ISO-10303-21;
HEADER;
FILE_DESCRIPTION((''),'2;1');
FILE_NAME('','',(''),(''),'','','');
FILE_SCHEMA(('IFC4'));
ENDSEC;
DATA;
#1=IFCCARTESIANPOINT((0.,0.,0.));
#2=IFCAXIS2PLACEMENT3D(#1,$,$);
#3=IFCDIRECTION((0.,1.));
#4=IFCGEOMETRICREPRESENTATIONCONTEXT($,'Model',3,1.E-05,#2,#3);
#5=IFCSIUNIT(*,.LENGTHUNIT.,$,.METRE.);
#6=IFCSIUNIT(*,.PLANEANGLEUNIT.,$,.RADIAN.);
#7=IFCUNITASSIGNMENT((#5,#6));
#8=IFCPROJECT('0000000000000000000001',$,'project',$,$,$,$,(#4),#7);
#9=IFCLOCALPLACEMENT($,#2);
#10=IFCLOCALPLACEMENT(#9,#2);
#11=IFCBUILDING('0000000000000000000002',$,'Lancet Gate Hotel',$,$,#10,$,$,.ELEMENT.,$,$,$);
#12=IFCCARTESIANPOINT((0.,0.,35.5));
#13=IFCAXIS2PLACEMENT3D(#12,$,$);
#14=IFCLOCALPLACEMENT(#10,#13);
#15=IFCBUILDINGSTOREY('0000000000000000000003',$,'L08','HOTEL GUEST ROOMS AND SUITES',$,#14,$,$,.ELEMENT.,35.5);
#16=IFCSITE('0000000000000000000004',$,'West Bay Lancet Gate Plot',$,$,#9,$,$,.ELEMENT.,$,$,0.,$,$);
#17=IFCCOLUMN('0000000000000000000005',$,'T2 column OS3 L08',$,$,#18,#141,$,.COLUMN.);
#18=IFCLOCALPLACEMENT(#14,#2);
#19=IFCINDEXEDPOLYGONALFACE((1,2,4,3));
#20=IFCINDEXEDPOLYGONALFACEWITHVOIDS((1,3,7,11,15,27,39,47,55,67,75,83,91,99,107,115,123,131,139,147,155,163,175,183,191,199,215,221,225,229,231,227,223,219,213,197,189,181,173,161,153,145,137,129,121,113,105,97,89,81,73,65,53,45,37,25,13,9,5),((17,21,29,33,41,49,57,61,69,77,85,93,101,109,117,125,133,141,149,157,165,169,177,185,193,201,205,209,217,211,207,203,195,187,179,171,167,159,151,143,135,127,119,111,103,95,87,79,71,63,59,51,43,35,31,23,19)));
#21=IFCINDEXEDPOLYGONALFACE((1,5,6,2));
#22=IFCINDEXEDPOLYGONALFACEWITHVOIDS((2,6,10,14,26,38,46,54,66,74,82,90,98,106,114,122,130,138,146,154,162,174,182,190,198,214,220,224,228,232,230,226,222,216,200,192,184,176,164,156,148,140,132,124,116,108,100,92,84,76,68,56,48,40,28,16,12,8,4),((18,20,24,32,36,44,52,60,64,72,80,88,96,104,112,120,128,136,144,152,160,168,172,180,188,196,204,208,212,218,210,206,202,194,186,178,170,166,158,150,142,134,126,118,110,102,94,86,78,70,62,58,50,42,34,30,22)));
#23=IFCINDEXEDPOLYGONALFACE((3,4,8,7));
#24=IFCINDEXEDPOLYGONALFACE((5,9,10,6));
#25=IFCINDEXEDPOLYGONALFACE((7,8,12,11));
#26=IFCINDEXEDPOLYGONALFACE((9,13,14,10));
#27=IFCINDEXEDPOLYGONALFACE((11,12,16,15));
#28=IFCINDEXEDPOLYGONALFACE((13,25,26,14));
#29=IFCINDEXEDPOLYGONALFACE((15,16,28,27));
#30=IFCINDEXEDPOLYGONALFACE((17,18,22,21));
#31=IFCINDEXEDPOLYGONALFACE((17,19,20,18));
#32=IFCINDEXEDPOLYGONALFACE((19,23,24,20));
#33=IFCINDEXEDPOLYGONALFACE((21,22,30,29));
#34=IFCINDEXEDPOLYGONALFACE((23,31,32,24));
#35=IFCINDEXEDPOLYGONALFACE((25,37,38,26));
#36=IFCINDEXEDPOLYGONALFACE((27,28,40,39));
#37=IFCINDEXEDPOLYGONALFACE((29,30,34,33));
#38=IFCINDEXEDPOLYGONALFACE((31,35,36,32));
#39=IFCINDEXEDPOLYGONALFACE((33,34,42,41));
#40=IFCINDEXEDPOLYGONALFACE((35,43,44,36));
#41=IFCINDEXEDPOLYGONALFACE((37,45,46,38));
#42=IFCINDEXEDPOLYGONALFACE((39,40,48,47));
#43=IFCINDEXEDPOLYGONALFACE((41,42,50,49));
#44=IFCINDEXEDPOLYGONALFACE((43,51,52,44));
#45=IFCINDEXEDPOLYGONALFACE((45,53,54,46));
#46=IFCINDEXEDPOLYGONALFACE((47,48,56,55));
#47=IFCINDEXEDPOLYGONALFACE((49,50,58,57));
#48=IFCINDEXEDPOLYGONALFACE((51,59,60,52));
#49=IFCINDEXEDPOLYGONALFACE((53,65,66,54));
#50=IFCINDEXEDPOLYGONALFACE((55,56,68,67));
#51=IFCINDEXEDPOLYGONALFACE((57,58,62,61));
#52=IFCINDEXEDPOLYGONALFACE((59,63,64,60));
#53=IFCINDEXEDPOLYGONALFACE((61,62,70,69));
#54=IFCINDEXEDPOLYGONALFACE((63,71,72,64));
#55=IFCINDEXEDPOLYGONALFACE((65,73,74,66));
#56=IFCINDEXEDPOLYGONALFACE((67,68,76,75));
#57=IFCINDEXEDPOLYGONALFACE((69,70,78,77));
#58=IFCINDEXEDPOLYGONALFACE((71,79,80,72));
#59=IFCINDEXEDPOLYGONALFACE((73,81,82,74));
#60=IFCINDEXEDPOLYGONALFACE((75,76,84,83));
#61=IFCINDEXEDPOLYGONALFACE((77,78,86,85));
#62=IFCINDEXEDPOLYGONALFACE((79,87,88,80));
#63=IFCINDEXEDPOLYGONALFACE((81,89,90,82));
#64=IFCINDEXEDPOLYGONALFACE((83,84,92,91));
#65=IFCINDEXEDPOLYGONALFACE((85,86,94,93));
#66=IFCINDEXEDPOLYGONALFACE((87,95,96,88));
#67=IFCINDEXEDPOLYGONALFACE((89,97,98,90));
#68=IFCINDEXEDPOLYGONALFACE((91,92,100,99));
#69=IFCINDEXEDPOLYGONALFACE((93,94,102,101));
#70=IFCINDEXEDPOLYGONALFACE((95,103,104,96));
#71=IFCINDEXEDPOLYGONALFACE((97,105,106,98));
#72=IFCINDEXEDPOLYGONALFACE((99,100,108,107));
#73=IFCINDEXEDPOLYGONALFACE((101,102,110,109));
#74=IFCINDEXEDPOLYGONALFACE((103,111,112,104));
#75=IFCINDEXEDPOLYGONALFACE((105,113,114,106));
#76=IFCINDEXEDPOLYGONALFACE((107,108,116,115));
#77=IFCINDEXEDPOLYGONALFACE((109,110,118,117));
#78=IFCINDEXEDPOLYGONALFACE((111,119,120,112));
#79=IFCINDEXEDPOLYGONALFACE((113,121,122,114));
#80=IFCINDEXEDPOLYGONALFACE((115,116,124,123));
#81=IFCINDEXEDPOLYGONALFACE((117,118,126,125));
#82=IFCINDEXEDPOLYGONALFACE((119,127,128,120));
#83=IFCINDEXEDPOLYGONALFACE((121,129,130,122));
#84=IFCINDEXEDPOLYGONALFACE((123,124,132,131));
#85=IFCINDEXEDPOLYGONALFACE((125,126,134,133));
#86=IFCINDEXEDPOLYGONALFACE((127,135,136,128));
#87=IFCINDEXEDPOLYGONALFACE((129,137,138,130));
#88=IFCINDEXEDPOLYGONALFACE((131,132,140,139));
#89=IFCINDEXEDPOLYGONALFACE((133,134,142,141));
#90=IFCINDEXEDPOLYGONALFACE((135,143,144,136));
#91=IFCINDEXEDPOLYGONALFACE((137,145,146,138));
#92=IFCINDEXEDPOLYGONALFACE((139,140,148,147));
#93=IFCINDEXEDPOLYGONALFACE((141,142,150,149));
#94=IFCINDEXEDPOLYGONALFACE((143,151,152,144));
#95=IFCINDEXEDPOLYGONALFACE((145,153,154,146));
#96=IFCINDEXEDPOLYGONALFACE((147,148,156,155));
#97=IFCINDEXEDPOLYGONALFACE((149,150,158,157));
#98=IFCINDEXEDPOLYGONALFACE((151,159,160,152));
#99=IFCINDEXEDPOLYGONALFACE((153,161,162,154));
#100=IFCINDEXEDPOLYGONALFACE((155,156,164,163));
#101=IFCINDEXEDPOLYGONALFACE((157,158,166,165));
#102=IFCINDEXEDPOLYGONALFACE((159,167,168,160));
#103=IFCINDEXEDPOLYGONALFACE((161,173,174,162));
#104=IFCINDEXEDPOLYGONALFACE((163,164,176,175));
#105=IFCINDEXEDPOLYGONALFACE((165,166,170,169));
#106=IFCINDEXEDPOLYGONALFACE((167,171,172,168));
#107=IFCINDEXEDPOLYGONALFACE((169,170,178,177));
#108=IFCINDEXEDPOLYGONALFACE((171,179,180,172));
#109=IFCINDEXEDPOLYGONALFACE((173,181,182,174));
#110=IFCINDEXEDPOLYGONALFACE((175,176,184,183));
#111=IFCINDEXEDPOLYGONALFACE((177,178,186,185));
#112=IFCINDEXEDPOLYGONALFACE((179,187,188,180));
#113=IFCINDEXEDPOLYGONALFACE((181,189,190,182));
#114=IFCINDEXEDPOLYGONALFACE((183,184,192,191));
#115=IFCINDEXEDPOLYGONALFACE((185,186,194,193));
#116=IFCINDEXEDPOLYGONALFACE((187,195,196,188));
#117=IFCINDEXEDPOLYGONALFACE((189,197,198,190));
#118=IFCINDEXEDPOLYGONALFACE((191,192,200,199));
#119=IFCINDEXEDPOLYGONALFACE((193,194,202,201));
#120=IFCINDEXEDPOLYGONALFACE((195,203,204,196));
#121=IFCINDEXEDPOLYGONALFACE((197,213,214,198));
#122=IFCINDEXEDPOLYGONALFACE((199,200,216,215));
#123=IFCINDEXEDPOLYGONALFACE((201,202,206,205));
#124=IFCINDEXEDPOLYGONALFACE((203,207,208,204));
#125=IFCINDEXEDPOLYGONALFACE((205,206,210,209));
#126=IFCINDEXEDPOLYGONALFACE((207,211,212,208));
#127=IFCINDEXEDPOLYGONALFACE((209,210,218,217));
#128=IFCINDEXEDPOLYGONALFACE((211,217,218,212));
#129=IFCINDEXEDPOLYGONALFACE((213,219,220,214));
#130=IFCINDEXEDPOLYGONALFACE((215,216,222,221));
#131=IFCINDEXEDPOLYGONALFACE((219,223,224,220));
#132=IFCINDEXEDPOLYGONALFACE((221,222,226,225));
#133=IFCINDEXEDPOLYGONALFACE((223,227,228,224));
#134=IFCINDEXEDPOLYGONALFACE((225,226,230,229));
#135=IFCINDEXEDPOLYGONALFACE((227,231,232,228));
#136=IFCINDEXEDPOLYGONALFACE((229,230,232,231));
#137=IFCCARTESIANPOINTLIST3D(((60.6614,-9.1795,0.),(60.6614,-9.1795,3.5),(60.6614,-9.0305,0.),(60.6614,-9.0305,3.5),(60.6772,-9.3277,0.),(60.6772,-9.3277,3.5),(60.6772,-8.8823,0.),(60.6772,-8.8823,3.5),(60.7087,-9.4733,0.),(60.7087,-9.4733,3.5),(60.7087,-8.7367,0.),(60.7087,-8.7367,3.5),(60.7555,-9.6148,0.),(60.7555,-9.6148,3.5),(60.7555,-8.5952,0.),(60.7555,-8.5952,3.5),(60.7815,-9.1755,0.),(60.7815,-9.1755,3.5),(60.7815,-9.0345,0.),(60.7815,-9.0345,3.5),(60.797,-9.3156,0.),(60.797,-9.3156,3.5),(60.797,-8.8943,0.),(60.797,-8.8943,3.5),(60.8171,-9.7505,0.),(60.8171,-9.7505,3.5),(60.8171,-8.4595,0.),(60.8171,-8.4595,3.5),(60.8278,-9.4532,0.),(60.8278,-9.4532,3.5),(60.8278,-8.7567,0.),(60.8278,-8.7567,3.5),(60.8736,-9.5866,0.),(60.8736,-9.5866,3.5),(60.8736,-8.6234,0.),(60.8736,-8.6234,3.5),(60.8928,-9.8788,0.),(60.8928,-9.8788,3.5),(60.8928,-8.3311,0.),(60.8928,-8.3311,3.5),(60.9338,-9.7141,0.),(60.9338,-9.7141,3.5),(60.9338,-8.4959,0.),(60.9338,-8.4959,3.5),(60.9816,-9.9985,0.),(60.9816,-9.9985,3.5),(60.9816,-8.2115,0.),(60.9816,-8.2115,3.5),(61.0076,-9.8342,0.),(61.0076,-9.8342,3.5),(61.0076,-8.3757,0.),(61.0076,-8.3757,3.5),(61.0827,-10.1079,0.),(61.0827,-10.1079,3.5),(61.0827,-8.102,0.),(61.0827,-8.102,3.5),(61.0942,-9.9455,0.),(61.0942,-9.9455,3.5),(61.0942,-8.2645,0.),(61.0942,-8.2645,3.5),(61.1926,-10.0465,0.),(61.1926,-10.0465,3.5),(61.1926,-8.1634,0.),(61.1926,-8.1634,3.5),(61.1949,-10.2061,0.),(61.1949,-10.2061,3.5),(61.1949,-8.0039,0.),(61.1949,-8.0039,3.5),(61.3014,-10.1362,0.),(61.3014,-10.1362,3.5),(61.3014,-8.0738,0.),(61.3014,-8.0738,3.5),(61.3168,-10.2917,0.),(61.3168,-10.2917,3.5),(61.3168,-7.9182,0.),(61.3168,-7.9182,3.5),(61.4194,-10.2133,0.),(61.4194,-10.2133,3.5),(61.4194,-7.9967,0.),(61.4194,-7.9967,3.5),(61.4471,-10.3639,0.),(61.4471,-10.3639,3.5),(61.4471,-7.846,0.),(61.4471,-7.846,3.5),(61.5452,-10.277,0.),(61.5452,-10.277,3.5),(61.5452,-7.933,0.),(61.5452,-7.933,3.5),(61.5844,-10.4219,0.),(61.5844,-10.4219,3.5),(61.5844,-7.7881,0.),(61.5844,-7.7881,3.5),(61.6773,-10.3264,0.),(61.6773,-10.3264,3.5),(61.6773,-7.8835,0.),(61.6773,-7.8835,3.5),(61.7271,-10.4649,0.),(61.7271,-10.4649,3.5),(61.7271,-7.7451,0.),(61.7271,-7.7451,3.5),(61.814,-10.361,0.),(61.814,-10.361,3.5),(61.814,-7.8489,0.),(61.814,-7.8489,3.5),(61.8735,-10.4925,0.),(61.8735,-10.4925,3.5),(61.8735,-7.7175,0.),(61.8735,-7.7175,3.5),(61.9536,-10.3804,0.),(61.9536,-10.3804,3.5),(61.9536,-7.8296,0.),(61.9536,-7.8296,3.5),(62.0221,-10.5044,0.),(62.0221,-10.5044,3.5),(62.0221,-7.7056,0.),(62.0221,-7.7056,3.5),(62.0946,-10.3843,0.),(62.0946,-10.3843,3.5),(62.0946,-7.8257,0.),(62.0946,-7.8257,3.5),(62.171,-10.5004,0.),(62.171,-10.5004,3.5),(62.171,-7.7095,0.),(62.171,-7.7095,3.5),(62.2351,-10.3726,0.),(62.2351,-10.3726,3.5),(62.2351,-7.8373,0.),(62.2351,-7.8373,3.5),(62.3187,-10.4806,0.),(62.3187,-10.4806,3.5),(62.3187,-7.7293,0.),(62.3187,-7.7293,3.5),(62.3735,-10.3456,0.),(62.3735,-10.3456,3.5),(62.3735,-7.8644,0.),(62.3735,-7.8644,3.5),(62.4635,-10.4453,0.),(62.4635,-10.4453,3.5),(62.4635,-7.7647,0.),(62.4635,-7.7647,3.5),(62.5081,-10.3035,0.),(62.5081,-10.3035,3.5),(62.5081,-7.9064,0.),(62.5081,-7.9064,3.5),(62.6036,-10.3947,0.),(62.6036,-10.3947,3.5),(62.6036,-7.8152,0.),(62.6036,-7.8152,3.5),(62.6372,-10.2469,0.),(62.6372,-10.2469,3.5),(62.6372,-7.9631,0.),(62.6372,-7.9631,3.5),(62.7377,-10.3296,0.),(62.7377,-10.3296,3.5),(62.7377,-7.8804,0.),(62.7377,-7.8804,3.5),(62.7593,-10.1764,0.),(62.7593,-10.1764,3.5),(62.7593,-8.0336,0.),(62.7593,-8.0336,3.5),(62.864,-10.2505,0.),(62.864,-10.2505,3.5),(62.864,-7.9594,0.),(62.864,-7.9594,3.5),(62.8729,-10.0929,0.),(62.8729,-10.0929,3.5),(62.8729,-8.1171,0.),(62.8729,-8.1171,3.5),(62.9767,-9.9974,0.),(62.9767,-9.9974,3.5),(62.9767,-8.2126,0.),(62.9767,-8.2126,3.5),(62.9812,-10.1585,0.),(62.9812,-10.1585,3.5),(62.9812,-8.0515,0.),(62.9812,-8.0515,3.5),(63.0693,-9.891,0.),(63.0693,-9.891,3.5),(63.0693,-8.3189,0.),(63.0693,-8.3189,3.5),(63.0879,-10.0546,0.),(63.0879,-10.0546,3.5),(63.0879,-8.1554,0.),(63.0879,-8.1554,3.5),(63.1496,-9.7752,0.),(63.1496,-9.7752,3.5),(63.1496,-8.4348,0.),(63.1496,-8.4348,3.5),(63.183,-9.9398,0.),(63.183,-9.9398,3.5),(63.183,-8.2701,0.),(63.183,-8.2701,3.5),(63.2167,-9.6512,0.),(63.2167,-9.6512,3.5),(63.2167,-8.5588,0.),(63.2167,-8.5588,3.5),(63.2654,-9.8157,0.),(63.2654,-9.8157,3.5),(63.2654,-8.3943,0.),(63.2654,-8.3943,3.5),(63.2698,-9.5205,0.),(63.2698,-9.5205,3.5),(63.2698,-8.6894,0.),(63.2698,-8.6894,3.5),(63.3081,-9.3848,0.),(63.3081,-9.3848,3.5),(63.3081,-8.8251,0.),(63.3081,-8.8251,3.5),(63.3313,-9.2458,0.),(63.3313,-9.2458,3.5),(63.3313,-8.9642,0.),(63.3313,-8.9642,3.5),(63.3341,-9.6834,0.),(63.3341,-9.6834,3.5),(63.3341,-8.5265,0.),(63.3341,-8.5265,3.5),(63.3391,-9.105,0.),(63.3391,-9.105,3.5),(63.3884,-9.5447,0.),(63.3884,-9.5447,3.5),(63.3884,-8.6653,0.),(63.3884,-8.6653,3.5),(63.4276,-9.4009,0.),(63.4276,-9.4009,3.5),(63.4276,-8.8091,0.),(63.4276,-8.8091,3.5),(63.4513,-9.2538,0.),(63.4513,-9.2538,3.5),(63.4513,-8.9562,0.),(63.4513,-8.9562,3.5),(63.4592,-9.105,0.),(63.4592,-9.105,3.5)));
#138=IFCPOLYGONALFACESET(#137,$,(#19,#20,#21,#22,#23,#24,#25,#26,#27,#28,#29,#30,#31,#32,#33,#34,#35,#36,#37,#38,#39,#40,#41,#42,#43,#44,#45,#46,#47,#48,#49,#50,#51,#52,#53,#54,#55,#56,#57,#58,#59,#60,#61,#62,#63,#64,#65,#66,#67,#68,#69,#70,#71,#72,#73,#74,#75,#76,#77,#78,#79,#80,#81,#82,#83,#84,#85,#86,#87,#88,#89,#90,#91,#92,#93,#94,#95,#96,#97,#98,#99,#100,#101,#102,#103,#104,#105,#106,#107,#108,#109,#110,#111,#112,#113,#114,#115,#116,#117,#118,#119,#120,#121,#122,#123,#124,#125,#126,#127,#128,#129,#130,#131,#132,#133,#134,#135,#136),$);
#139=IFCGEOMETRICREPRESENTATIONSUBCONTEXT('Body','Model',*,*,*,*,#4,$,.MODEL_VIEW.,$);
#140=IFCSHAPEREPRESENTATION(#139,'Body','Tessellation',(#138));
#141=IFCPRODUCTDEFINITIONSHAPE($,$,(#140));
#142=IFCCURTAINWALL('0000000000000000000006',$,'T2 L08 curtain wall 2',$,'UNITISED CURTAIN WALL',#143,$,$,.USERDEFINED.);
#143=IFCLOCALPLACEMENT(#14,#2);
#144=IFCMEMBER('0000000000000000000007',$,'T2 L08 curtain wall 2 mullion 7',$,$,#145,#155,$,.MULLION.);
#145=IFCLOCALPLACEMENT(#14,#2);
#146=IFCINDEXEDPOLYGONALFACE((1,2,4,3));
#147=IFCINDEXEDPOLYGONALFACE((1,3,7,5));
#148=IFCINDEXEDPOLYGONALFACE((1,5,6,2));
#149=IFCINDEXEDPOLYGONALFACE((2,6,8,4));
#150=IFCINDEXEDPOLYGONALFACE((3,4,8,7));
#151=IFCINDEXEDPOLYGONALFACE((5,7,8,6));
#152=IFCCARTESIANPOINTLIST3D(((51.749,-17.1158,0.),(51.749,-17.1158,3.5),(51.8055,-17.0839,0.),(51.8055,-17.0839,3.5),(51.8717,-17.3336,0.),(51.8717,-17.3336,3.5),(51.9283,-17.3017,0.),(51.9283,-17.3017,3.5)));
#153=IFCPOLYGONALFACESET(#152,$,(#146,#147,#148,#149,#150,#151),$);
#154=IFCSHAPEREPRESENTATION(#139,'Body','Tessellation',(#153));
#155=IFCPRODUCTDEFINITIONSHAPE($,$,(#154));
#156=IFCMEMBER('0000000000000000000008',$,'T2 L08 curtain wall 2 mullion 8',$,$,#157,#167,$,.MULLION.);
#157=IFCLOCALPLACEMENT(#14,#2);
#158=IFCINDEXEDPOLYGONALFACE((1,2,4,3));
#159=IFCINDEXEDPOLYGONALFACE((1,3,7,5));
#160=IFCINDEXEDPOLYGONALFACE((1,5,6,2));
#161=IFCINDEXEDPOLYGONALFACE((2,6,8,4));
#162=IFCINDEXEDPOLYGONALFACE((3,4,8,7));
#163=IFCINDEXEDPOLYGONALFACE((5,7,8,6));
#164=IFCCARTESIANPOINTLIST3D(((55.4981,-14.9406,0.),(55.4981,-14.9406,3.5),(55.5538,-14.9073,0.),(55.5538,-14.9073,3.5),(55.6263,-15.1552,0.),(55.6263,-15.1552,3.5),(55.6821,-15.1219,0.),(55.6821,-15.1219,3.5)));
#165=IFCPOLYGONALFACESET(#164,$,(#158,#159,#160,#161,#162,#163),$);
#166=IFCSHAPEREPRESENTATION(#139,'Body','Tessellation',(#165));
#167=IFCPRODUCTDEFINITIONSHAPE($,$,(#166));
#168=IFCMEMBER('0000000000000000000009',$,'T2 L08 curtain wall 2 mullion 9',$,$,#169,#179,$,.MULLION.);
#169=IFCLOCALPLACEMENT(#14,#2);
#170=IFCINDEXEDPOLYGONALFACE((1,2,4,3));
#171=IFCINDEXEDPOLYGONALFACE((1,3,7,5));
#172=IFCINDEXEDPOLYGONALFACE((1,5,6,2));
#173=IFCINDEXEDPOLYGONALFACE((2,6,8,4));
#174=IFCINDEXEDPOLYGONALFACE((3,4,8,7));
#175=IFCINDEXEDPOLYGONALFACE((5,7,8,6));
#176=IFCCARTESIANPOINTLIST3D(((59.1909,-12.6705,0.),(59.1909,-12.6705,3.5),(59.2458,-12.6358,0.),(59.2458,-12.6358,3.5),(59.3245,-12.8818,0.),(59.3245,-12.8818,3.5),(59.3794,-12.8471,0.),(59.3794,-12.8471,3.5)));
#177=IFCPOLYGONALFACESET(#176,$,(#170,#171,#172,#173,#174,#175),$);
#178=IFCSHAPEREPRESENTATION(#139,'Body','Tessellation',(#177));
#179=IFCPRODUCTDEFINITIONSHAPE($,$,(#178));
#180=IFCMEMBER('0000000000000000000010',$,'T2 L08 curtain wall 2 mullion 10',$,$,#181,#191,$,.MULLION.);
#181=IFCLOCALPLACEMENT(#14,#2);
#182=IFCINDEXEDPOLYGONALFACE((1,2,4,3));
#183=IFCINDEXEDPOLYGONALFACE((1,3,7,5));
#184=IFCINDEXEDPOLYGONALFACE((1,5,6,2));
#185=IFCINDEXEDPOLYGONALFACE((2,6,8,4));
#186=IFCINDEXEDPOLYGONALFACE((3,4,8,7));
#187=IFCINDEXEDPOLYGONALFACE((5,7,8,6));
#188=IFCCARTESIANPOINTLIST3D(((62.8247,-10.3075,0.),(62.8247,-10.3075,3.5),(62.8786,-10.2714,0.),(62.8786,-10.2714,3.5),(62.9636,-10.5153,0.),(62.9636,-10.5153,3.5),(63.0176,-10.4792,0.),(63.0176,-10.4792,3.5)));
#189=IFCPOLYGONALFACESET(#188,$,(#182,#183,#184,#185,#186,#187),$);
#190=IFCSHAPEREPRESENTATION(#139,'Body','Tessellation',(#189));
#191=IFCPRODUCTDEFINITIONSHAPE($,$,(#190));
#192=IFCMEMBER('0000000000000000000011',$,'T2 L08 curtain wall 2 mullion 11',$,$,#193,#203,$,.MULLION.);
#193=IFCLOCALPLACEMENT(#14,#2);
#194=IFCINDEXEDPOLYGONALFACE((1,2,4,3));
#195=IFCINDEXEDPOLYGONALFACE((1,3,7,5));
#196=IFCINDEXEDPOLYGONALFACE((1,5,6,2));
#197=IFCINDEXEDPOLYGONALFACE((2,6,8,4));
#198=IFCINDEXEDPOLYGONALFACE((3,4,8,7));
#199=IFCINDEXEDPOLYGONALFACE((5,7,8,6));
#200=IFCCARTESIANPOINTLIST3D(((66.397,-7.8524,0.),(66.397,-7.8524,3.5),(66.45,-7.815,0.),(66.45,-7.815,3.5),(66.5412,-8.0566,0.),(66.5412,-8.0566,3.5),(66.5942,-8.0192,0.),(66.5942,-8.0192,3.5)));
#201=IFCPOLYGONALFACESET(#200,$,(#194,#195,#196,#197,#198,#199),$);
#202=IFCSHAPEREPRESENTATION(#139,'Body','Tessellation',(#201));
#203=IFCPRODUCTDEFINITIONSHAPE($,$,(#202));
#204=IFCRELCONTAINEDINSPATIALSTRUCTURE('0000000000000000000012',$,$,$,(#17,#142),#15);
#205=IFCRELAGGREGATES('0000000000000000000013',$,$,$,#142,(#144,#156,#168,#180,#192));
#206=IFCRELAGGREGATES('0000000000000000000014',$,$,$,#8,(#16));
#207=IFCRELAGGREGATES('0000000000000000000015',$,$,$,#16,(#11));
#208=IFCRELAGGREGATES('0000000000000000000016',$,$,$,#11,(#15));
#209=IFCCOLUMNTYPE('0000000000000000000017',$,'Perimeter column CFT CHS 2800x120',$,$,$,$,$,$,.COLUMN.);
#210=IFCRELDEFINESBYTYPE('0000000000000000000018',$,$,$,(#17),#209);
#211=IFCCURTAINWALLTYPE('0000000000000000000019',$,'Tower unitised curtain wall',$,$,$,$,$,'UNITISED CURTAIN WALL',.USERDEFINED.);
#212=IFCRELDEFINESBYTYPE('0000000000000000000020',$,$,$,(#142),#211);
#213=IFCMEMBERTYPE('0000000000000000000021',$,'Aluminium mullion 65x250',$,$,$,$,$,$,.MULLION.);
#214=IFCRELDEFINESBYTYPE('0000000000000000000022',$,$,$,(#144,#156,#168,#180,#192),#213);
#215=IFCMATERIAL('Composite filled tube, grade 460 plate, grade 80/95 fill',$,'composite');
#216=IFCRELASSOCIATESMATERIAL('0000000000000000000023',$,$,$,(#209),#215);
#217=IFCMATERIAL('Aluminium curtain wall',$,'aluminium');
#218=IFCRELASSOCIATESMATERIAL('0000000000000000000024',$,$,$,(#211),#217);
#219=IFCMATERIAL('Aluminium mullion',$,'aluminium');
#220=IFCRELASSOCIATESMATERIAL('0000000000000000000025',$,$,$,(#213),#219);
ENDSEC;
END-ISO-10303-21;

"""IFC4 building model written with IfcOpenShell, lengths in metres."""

from ifc_helpers import new_model, si_unit, direction, frame, origin, origin_2d, place, context, subcontext, project, spatial, rectangle, hollow_circle, extrude, material, material_profile, profile_set, type_object, element, aggregate, save


model = new_model("IFC4")

# Units and contexts
model_context = context("Model", 3, precision=1e-05, world=origin(), true_north=direction((0.0, 1.0)))
body_context = subcontext(model_context, "Body", "Model", "MODEL_VIEW")
ifc_project = project(units=[si_unit("LENGTHUNIT", "METRE"), si_unit("PLANEANGLEUNIT", "RADIAN")], contexts=[model_context])

# Site, building, storey
site_placement = place(None, origin())
site = spatial("IfcSite", under=ifc_project, at=site_placement, Name="West Bay Lancet Gate Plot", CompositionType="ELEMENT", RefElevation=0.0)
building_placement = place(site_placement, origin())
building = spatial("IfcBuilding", under=site, at=building_placement, Name="Lancet Gate Hotel", CompositionType="ELEMENT")
storey_placement = place(building_placement, frame((0.0, 0.0, 35.5)))
storey = spatial("IfcBuildingStorey", under=building, at=storey_placement, Name="L08", Description="HOTEL GUEST ROOMS AND SUITES", CompositionType="ELEMENT", Elevation=35.5)

# Column
ifc_material_1 = material(Name="Composite filled tube, grade 460 plate, grade 80/95 fill", Category="composite")
ifc_material_profile_1 = material_profile(ifc_material_1, hollow_circle(Radius=1.3999, WallThickness=0.1201, at=origin_2d()), Name="CHS 2800x120")
ifc_profile_set_1 = profile_set([ifc_material_profile_1], Name="Composite filled tube, grade 460 plate, grade 80/95 fill")
column_type = type_object("IfcColumnType", Name="Perimeter column CFT CHS 2800x120", PredefinedType="COLUMN", material=ifc_profile_set_1)
for number, where, z_axis, x_axis, name in (
    (1, (62.0593, -9.105, 0.0), (0.0, 0.0, 1.0), (1.0, 0.0, 0.0), "T2 column OS3 L08"),
):
    element("IfcColumn", number, at=place(storey_placement, frame(where, z_axis=z_axis, x_axis=x_axis)), inside=storey, type_object=column_type, Name=name, PredefinedType="COLUMN", context=body_context, shape_type="SweptSolid", body=[
        extrude(hollow_circle(Radius=1.3999, WallThickness=0.1201, at=origin_2d()), origin(), (0.0, 0.0, 1.0), 3.5),
    ])

# Curtain wall, members
ifc_material_2 = material(Name="Aluminium curtain wall", Category="aluminium")
curtain_wall_type = type_object("IfcCurtainWallType", Name="Tower unitised curtain wall", ElementType="UNITISED CURTAIN WALL", PredefinedType="USERDEFINED", material=ifc_material_2)
curtain_wall_placement = place(storey_placement, origin())
curtain_wall = element("IfcCurtainWall", 2, at=curtain_wall_placement, inside=storey, type_object=curtain_wall_type, Name="T2 L08 curtain wall 2", ObjectType="UNITISED CURTAIN WALL", PredefinedType="USERDEFINED")
ifc_material_3 = material(Name="Aluminium mullion", Category="aluminium")
ifc_material_profile_2 = material_profile(ifc_material_3, rectangle(XDim=0.0649, YDim=0.25, at=origin_2d()), Name="MULLION 65x250")
ifc_profile_set_2 = profile_set([ifc_material_profile_2], Name="Aluminium mullion")
member_type_1 = type_object("IfcMemberType", Name="Aluminium mullion 65x250", PredefinedType="MULLION", material=ifc_profile_set_2)
member_1_placement = place(storey_placement, frame((51.8386, -17.2087, 0.0), z_axis=(0.0, 0.0, 1.0), x_axis=(0.87119, 0.490945, 0.0)))
member_1 = element("IfcMember", 3, at=member_1_placement, type_object=member_type_1, Name="T2 L08 curtain wall 2 mullion 7", PredefinedType="MULLION", context=body_context, shape_type="SweptSolid", body=[
    extrude(rectangle(XDim=0.0649, YDim=0.25, at=origin_2d()), origin(), (0.0, 0.0, 1.0), 3.5),
])
member_2_placement = place(storey_placement, frame((55.5901, -15.0312, 0.0), z_axis=(0.0, 0.0, 1.0), x_axis=(0.858413, 0.512959, 0.0)))
member_2 = element("IfcMember", 4, at=member_2_placement, type_object=member_type_1, Name="T2 L08 curtain wall 2 mullion 8", PredefinedType="MULLION", context=body_context, shape_type="SweptSolid", body=[
    extrude(rectangle(XDim=0.0649, YDim=0.25, at=origin_2d()), origin(), (0.0, 0.0, 1.0), 3.5),
])
member_3_placement = place(storey_placement, frame((59.2852, -12.7588, 0.0), z_axis=(0.0, 0.0, 1.0), x_axis=(0.845079, 0.534641, 0.0)))
member_3 = element("IfcMember", 5, at=member_3_placement, type_object=member_type_1, Name="T2 L08 curtain wall 2 mullion 9", PredefinedType="MULLION", context=body_context, shape_type="SweptSolid", body=[
    extrude(rectangle(XDim=0.0649, YDim=0.25, at=origin_2d()), origin(), (0.0, 0.0, 1.0), 3.5),
])
member_4_placement = place(storey_placement, frame((62.9211, -10.3933, 0.0), z_axis=(0.0, 0.0, 1.0), x_axis=(0.831198, 0.555976, 0.0)))
member_4 = element("IfcMember", 6, at=member_4_placement, type_object=member_type_1, Name="T2 L08 curtain wall 2 mullion 10", PredefinedType="MULLION", context=body_context, shape_type="SweptSolid", body=[
    extrude(rectangle(XDim=0.0649, YDim=0.25, at=origin_2d()), origin(), (0.0, 0.0, 1.0), 3.5),
])
member_5_placement = place(storey_placement, frame((66.4956, -7.9358, 0.0), z_axis=(0.0, 0.0, 1.0), x_axis=(0.816779, 0.576951, 0.0)))
member_5 = element("IfcMember", 7, at=member_5_placement, type_object=member_type_1, Name="T2 L08 curtain wall 2 mullion 11", PredefinedType="MULLION", context=body_context, shape_type="SweptSolid", body=[
    extrude(rectangle(XDim=0.0649, YDim=0.25, at=origin_2d()), origin(), (0.0, 0.0, 1.0), 3.5),
])

aggregate(curtain_wall, [member_1, member_2, member_3, member_4, member_5])

save(model, "model.ifc")
